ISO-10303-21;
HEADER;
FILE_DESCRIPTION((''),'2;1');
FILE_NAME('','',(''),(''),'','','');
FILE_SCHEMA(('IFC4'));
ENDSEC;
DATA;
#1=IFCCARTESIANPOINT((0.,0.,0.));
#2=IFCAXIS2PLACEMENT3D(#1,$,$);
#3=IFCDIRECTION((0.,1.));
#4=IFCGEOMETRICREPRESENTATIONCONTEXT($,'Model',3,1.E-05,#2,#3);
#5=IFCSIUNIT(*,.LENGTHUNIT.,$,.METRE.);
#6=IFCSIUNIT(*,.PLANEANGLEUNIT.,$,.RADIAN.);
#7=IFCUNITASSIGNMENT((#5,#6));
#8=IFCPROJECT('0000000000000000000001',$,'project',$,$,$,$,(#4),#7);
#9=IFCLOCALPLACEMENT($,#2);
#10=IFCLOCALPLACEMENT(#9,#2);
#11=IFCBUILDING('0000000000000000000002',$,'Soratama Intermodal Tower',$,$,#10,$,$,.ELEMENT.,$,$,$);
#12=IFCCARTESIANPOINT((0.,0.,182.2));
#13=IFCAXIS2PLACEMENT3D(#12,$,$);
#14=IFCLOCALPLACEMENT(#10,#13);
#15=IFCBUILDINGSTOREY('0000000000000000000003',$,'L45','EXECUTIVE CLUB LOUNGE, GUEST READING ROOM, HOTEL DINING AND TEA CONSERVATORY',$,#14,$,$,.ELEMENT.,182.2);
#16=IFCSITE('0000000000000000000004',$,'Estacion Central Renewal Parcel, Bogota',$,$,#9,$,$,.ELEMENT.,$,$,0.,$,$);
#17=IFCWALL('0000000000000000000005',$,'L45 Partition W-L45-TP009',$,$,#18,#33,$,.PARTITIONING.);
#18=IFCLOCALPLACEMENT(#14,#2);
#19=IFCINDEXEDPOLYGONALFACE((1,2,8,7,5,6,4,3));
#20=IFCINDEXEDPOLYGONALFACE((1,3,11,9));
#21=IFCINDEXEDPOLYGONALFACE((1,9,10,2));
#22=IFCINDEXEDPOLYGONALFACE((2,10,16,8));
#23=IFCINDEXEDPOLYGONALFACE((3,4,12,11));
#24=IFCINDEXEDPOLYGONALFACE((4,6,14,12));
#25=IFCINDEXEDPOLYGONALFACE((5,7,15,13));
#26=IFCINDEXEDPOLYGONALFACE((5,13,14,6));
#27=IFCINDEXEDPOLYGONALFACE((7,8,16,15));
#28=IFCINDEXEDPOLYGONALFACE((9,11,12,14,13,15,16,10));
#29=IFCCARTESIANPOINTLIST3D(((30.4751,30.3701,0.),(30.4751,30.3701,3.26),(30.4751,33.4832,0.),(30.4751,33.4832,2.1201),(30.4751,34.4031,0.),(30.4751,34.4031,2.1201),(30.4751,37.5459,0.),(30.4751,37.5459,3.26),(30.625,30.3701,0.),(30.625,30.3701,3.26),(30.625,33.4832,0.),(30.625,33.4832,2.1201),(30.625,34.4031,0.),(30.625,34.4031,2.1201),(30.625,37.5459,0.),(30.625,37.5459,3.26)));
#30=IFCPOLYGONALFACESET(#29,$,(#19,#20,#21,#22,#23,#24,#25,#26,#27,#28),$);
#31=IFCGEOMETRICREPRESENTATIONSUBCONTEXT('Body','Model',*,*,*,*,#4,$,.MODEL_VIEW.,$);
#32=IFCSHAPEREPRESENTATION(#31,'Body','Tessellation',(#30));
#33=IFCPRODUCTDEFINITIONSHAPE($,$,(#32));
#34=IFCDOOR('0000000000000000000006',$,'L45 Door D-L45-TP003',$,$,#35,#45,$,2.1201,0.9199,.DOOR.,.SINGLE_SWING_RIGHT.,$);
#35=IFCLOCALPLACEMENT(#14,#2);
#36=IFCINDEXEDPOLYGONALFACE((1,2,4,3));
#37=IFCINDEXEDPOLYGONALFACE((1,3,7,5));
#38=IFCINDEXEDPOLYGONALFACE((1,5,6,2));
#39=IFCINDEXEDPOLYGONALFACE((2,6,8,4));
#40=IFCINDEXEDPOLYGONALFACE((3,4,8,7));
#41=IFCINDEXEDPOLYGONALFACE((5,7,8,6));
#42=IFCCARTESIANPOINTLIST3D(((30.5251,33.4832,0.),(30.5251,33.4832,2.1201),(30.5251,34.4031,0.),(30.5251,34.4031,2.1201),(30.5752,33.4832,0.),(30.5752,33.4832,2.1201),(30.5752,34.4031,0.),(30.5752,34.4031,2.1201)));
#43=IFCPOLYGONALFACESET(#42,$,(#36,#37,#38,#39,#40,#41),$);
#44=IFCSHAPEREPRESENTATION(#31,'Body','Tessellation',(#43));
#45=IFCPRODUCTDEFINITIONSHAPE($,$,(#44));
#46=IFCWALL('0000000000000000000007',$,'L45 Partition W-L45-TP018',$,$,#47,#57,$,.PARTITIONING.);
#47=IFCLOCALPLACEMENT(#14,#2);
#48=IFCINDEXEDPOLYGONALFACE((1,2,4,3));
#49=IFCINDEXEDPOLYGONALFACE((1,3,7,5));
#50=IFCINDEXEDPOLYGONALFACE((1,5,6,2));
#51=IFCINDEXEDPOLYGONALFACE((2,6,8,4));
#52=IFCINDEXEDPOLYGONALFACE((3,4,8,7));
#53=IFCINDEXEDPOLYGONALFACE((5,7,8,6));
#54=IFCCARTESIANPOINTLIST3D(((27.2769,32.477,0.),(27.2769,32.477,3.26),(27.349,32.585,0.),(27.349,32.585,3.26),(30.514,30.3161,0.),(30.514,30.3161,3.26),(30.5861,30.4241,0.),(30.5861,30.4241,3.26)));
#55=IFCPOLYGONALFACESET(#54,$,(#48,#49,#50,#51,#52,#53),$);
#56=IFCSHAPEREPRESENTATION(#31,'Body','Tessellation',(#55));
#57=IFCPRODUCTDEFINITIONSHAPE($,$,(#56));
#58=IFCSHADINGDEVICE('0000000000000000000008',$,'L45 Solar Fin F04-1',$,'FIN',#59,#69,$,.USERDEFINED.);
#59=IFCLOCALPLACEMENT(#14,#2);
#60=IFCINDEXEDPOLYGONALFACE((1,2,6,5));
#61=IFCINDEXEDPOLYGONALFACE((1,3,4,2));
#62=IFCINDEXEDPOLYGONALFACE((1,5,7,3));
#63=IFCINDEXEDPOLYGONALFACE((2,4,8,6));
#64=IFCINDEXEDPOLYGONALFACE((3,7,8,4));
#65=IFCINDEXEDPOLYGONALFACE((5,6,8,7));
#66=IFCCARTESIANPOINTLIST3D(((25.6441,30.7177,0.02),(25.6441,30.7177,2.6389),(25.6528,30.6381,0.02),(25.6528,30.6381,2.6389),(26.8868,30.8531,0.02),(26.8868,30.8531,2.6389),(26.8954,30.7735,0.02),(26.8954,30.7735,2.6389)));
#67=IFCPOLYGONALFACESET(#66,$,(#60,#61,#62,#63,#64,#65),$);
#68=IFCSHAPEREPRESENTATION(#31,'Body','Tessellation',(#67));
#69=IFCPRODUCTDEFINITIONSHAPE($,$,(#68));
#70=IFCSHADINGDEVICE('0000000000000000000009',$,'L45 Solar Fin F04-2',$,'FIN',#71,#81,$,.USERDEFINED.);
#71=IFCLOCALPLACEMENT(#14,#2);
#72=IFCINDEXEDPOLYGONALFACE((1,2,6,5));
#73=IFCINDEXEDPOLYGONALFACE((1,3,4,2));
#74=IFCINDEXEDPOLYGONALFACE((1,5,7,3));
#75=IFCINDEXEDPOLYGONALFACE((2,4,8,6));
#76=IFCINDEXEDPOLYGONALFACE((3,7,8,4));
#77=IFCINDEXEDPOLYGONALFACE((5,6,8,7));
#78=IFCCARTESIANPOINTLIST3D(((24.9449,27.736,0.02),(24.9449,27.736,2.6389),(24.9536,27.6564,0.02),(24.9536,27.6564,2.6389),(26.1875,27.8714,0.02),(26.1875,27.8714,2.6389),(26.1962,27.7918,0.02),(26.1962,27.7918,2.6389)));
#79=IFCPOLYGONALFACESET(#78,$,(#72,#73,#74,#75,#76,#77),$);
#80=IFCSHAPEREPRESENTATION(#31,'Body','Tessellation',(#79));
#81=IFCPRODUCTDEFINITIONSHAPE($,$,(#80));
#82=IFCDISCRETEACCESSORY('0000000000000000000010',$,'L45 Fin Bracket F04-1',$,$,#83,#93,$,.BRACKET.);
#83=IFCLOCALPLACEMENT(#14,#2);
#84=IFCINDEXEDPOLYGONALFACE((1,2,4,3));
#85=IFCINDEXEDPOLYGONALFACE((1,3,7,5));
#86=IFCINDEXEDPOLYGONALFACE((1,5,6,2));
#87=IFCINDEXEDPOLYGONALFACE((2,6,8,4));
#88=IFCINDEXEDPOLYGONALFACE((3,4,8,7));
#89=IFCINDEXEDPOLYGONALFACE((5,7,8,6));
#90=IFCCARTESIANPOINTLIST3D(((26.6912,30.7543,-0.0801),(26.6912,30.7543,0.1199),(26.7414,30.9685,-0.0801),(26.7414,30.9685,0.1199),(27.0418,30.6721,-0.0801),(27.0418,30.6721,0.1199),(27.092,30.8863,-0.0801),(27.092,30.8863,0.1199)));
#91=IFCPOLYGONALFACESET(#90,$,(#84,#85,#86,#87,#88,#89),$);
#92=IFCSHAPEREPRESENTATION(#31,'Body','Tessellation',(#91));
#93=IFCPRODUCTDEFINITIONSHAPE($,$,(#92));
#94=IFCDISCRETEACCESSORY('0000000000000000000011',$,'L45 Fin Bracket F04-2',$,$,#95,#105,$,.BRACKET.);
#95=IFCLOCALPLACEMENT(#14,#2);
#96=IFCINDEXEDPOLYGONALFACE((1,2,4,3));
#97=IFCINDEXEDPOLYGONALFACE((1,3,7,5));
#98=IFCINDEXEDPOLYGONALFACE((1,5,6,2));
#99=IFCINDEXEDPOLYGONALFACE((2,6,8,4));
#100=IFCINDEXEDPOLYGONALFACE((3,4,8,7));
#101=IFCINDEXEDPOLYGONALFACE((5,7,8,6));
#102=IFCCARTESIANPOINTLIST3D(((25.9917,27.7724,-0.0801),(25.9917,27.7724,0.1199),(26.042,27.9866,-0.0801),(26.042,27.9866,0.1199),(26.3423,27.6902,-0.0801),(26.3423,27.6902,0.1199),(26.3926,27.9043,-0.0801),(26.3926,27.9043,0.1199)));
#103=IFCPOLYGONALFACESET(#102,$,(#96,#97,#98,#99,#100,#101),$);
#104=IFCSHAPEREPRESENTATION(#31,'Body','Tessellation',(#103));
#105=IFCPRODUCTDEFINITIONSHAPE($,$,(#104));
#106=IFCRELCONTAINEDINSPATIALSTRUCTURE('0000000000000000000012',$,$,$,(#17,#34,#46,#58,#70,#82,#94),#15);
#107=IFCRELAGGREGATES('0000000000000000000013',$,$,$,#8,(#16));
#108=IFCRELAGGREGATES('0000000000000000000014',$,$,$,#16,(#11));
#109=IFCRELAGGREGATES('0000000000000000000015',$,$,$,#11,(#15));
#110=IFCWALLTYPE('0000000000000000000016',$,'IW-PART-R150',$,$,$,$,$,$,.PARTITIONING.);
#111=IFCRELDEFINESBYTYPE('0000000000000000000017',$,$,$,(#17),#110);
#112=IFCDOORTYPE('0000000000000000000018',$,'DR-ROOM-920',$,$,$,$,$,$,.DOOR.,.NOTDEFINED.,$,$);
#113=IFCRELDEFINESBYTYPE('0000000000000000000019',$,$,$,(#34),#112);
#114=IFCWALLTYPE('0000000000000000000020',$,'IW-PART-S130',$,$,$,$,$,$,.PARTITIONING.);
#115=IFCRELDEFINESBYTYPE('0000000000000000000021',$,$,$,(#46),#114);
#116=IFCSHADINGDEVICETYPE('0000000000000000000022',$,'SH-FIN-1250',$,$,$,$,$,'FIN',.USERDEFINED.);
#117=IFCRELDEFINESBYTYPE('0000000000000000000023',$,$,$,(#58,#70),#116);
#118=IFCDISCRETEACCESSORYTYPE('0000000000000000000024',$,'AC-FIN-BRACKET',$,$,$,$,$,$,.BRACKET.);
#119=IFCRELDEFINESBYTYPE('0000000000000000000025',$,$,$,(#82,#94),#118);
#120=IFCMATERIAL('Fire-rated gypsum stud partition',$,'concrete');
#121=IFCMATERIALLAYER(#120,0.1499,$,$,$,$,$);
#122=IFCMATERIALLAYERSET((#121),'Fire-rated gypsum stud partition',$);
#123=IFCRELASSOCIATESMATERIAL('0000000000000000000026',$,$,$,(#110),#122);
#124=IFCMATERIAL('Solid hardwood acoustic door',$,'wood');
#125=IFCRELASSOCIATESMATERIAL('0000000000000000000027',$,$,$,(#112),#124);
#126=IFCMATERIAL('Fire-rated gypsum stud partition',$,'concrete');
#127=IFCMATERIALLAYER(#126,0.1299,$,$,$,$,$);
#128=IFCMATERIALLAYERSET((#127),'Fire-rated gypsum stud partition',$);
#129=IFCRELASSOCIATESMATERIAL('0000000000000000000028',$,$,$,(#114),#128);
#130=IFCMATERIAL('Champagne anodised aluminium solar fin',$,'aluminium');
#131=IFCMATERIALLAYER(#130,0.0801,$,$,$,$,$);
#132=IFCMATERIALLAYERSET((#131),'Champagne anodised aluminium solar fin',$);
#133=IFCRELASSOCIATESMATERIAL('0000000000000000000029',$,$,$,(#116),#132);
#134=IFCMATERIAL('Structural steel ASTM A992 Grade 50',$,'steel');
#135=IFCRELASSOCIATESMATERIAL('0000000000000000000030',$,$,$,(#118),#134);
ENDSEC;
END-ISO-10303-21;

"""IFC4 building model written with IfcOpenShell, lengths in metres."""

from ifc_helpers import new_model, si_unit, direction, frame, frame_2d, origin, origin_2d, place, context, subcontext, project, spatial, rectangle, extrude, material, layer, layer_set, type_object, element, fill, save


model = new_model("IFC4")

# Units and contexts
model_context = context("Model", 3, precision=1e-05, world=origin(), true_north=direction((0.0, 1.0)))
body_context = subcontext(model_context, "Body", "Model", "MODEL_VIEW")
ifc_project = project(units=[si_unit("LENGTHUNIT", "METRE"), si_unit("PLANEANGLEUNIT", "RADIAN")], contexts=[model_context])

# Site, building, storey
site_placement = place(None, origin())
site = spatial("IfcSite", under=ifc_project, at=site_placement, Name="Estacion Central Renewal Parcel, Bogota", CompositionType="ELEMENT", RefElevation=0.0)
building_placement = place(site_placement, origin())
building = spatial("IfcBuilding", under=site, at=building_placement, Name="Soratama Intermodal Tower", CompositionType="ELEMENT")
storey_placement = place(building_placement, frame((0.0, 0.0, 182.2)))
storey = spatial("IfcBuildingStorey", under=building, at=storey_placement, Name="L45", Description="EXECUTIVE CLUB LOUNGE, GUEST READING ROOM, HOTEL DINING AND TEA CONSERVATORY", CompositionType="ELEMENT", Elevation=182.2)

# Wall, opening, door
ifc_material_1 = material(Name="Fire-rated gypsum stud partition", Category="concrete")
ifc_layer_1 = layer(ifc_material_1, 0.1499)
ifc_layer_set_1 = layer_set([ifc_layer_1], Name="Fire-rated gypsum stud partition")
wall_type_1 = type_object("IfcWallType", Name="IW-PART-R150", PredefinedType="PARTITIONING", material=ifc_layer_set_1)
wall_1_placement = place(storey_placement, frame((30.55, 30.3701, 0.0), z_axis=(0.0, 0.0, 1.0), x_axis=(0.0, 1.0, 0.0)))
wall_1 = element("IfcWall", 1, at=wall_1_placement, inside=storey, type_object=wall_type_1, Name="L45 Partition W-L45-TP009", PredefinedType="PARTITIONING", context=body_context, shape_type="SweptSolid", body=[
    extrude(rectangle(XDim=7.1758, YDim=0.1499, at=frame_2d((3.5879, 0.0))), origin(), (0.0, 0.0, 1.0), 3.26),
])
opening_1_placement = place(wall_1_placement, frame((3.113, 0.0, 0.0)))
opening_1 = element("IfcOpeningElement", 2, at=opening_1_placement, cuts=wall_1, PredefinedType="OPENING", context=body_context, shape_type="SweptSolid", body=[
    extrude(rectangle(XDim=0.9199, YDim=2.1201, at=frame_2d((0.46, 1.0601))), frame((0.0, 0.085, 0.0), z_axis=(0.0, -1.0, 0.0), x_axis=(1.0, 0.0, 0.0)), (0.0, 0.0, 1.0), 0.1699),
])
ifc_material_2 = material(Name="Solid hardwood acoustic door", Category="wood")
door_type = type_object("IfcDoorType", Name="DR-ROOM-920", OperationType="NOTDEFINED", PredefinedType="DOOR", material=ifc_material_2)
door_placement = place(opening_1_placement, origin())
door = element("IfcDoor", 3, at=door_placement, inside=storey, type_object=door_type, Name="L45 Door D-L45-TP003", OperationType="SINGLE_SWING_RIGHT", OverallHeight=2.1201, OverallWidth=0.9199, PredefinedType="DOOR", context=body_context, shape_type="SweptSolid", body=[
    extrude(rectangle(XDim=0.9199, YDim=2.1201, at=frame_2d((0.46, 1.0601))), frame((0.0, 0.0249, 0.0), z_axis=(0.0, -1.0, 0.0), x_axis=(1.0, 0.0, 0.0)), (0.0, 0.0, 1.0), 0.05),
])
fill(opening_1, door)

# Wall
ifc_material_3 = material(Name="Fire-rated gypsum stud partition", Category="concrete")
ifc_layer_2 = layer(ifc_material_3, 0.1299)
ifc_layer_set_2 = layer_set([ifc_layer_2], Name="Fire-rated gypsum stud partition")
wall_type_2 = type_object("IfcWallType", Name="IW-PART-S130", PredefinedType="PARTITIONING", material=ifc_layer_set_2)
wall_2_placement = place(storey_placement, frame((30.55, 30.3701, 0.0), z_axis=(0.0, 0.0, 1.0), x_axis=(-0.831712, 0.555207, 0.0)))
element("IfcWall", 4, at=wall_2_placement, inside=storey, type_object=wall_type_2, Name="L45 Partition W-L45-TP018", PredefinedType="PARTITIONING", context=body_context, shape_type="SweptSolid", body=[
    extrude(rectangle(XDim=3.8921, YDim=0.1299, at=frame_2d((1.946, 0.0))), origin(), (0.0, 0.0, 1.0), 3.26),
])

# Shading devices
ifc_material_4 = material(Name="Champagne anodised aluminium solar fin", Category="aluminium")
ifc_layer_3 = layer(ifc_material_4, 0.0801)
ifc_layer_set_3 = layer_set([ifc_layer_3], Name="Champagne anodised aluminium solar fin")
shading_device_type = type_object("IfcShadingDeviceType", Name="SH-FIN-1250", ElementType="FIN", PredefinedType="USERDEFINED", material=ifc_layer_set_3)
for number, where, z_axis, x_axis, name in (
    (5, (26.2698, 30.7456, 0.02), (0.0, 0.0, 1.0), (-0.994113, -0.108346, 0.0), "L45 Solar Fin F04-1"),
    (6, (25.5706, 27.7639, 0.02), (0.0, 0.0, 1.0), (-0.994113, -0.108346, 0.0), "L45 Solar Fin F04-2"),
):
    element("IfcShadingDevice", number, at=place(storey_placement, frame(where, z_axis=z_axis, x_axis=x_axis)), inside=storey, type_object=shading_device_type, Name=name, ObjectType="FIN", PredefinedType="USERDEFINED", context=body_context, shape_type="SweptSolid", body=[
        extrude(rectangle(XDim=1.25, YDim=0.0801, at=origin_2d()), origin(), (0.0, 0.0, 1.0), 2.6189),
    ])

# Discrete accessories
ifc_material_5 = material(Name="Structural steel ASTM A992 Grade 50", Category="steel")
discrete_accessory_type = type_object("IfcDiscreteAccessoryType", Name="AC-FIN-BRACKET", PredefinedType="BRACKET", material=ifc_material_5)
for number, where, z_axis, x_axis, name in (
    (7, (26.8916, 30.8203, -0.0801), (0.0, 0.0, 1.0), (-0.973579, 0.228351, 0.0), "L45 Fin Bracket F04-1"),
    (8, (26.1921, 27.8384, -0.0801), (0.0, 0.0, 1.0), (-0.973579, 0.228351, 0.0), "L45 Fin Bracket F04-2"),
):
    element("IfcDiscreteAccessory", number, at=place(storey_placement, frame(where, z_axis=z_axis, x_axis=x_axis)), inside=storey, type_object=discrete_accessory_type, Name=name, PredefinedType="BRACKET", context=body_context, shape_type="SweptSolid", body=[
        extrude(rectangle(XDim=0.3601, YDim=0.22, at=origin_2d()), origin(), (0.0, 0.0, 1.0), 0.2),
    ])

save(model, "model.ifc")
